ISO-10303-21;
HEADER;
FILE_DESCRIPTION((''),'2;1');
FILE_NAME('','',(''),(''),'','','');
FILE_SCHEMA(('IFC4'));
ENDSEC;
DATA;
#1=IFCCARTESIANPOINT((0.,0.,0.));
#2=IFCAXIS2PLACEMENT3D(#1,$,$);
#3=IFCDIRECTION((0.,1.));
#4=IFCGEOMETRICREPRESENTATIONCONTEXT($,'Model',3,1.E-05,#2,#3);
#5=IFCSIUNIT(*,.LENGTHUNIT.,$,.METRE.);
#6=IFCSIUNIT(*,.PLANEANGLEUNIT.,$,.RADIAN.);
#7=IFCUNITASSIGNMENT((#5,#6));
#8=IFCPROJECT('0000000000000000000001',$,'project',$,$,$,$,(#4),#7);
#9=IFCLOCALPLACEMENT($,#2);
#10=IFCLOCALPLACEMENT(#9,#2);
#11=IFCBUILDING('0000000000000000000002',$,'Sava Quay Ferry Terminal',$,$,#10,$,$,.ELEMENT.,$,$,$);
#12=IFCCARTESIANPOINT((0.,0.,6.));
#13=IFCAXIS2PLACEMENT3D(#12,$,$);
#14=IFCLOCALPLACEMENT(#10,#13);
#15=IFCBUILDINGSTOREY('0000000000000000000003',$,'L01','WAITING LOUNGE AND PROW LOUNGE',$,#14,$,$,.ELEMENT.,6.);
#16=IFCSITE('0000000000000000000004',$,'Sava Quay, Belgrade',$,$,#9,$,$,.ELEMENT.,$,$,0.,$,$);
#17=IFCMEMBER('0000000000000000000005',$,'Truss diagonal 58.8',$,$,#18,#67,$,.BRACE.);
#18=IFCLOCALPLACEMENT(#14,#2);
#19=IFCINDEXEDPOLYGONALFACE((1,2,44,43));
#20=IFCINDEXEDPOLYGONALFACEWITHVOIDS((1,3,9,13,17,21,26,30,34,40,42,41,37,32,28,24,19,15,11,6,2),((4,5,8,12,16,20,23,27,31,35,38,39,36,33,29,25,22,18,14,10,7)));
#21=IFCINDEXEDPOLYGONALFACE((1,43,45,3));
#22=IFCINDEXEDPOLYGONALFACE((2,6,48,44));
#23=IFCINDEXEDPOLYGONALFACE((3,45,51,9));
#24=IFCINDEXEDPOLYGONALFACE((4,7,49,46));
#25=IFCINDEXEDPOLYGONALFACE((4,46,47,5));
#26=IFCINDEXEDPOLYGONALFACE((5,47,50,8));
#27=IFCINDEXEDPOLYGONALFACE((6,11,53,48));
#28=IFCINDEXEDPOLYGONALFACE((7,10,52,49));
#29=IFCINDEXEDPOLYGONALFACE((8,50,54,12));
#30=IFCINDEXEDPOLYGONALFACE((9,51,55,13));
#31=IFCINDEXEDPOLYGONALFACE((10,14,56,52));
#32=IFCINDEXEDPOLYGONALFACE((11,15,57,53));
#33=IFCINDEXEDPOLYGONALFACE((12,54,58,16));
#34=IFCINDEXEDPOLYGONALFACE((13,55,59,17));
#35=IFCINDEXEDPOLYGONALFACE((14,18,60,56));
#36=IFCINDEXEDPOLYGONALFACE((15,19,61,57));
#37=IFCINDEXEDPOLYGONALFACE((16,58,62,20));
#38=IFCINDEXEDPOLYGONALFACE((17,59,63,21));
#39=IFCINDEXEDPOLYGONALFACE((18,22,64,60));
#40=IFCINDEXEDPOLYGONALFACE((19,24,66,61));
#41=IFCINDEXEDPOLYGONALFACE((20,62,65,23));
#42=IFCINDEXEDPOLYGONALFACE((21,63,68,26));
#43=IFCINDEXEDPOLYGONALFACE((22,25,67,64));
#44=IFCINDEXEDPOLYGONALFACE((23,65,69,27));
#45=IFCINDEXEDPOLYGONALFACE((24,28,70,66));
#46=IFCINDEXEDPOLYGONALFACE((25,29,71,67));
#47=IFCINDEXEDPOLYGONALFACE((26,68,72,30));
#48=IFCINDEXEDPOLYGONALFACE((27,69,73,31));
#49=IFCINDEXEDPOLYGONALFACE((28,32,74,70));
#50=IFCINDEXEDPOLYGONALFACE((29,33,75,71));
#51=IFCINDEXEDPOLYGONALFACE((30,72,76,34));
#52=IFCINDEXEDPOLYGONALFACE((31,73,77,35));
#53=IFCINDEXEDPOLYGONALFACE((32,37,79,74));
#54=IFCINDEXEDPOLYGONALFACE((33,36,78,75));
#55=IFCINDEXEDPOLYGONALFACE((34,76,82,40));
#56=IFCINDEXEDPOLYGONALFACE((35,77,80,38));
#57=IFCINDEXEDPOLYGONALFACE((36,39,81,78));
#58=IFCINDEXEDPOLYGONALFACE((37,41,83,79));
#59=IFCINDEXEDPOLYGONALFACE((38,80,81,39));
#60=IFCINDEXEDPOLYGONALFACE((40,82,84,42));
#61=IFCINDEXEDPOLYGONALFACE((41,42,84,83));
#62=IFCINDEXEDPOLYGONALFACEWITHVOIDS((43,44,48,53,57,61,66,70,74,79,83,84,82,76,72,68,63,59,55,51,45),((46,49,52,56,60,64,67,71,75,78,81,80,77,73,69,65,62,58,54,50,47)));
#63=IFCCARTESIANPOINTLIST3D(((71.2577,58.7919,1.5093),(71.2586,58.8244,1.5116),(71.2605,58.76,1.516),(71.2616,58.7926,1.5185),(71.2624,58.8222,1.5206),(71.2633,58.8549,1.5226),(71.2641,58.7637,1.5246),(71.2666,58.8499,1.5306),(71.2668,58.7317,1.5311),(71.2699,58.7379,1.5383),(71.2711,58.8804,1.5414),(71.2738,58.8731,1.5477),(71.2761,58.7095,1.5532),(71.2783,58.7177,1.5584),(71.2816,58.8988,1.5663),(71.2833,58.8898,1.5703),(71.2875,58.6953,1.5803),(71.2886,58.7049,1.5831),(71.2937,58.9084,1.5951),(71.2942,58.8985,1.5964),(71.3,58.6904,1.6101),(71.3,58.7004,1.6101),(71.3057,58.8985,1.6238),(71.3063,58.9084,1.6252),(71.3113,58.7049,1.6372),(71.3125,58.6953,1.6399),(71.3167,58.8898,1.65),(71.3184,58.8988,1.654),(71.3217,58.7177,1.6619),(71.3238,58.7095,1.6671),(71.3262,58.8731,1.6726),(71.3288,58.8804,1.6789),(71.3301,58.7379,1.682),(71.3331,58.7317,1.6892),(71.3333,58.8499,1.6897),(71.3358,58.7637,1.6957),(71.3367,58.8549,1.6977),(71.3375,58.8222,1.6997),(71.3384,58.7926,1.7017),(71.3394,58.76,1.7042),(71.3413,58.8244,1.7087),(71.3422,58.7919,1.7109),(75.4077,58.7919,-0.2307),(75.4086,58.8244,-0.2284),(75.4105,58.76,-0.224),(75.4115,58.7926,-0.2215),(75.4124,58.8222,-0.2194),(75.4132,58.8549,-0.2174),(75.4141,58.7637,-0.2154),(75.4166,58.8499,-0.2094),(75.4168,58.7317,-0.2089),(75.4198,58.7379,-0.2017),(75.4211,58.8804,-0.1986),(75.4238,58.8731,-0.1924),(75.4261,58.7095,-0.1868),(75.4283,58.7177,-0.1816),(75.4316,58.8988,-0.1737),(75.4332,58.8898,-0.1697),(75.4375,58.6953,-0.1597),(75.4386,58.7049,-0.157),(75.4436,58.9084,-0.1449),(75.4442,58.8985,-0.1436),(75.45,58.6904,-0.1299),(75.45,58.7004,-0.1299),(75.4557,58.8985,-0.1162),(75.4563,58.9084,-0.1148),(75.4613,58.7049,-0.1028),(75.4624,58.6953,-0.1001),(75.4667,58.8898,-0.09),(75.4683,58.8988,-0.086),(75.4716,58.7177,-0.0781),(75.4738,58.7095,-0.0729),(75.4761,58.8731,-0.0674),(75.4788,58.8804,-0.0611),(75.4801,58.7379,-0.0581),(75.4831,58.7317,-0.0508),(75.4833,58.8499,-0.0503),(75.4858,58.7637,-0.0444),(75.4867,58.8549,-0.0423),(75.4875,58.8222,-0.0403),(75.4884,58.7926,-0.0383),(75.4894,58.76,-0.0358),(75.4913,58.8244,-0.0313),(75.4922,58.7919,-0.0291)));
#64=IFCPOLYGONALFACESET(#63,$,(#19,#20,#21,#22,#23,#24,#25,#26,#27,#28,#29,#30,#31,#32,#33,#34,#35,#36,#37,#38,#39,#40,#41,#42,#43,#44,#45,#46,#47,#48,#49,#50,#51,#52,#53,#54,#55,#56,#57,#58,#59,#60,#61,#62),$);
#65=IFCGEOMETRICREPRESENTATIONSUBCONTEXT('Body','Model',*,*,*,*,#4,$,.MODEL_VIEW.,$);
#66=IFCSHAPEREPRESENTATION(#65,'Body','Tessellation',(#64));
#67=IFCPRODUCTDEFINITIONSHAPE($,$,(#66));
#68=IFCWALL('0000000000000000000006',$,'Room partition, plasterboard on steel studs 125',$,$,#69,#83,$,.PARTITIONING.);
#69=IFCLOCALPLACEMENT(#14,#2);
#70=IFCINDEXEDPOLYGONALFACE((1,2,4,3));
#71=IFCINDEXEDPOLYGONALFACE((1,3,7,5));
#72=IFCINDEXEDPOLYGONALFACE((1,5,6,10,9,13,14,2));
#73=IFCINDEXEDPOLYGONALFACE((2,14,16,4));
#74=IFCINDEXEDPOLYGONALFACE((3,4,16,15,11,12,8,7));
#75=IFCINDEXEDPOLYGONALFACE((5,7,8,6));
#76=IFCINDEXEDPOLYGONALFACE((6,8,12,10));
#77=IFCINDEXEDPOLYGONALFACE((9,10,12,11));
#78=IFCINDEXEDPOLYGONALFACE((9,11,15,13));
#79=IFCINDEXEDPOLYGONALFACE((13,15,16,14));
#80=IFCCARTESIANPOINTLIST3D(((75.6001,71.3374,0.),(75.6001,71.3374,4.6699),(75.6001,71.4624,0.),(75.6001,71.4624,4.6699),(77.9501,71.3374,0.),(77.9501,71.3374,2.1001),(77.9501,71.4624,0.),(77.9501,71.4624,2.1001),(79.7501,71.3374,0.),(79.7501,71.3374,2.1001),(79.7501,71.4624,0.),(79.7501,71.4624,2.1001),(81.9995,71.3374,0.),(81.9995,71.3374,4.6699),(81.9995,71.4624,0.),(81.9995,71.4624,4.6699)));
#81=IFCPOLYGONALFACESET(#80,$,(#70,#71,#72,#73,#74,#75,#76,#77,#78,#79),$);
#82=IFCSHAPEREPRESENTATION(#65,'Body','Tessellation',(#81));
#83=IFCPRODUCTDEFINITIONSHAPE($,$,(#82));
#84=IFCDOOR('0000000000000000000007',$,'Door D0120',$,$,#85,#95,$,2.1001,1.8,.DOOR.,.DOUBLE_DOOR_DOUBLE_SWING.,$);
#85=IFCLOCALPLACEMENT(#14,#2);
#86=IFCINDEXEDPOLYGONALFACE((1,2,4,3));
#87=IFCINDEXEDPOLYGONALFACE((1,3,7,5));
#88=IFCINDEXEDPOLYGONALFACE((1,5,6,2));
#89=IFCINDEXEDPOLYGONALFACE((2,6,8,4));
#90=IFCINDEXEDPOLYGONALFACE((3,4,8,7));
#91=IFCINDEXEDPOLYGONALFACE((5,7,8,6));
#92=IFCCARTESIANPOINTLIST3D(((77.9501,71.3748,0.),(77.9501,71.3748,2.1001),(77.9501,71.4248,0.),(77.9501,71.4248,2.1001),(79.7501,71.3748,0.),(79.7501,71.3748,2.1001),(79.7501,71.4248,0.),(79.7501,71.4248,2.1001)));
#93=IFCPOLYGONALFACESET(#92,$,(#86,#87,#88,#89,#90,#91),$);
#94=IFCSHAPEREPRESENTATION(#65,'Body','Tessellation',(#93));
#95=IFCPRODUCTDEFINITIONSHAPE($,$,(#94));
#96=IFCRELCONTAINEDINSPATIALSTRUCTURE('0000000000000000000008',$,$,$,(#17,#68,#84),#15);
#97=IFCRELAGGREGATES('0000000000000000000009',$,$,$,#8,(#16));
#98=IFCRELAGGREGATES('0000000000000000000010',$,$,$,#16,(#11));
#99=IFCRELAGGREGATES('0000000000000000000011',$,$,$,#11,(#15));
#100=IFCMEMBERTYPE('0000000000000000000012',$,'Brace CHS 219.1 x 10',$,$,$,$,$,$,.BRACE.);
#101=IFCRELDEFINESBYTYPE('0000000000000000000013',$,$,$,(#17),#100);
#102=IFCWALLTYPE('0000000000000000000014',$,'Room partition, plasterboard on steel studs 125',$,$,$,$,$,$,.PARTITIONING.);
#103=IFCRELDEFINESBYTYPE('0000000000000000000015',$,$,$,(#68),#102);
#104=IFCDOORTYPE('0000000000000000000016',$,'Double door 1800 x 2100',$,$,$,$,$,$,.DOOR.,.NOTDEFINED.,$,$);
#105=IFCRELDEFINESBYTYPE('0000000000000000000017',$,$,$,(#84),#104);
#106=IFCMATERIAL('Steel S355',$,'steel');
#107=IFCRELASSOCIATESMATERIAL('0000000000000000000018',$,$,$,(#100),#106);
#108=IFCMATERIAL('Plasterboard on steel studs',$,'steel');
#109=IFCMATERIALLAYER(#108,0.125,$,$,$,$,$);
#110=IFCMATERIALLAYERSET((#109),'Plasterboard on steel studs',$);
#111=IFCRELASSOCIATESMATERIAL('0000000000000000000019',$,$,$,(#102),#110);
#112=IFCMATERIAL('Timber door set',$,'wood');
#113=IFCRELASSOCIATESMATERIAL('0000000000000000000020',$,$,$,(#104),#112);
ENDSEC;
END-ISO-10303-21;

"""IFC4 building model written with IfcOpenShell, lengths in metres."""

from ifc_helpers import new_model, si_unit, direction, frame, frame_2d, origin, origin_2d, place, context, subcontext, project, spatial, rectangle, hollow_circle, extrude, material, layer, layer_set, material_profile, profile_set, type_object, element, fill, save


model = new_model("IFC4")

# Units and contexts
model_context = context("Model", 3, precision=1e-05, world=origin(), true_north=direction((0.0, 1.0)))
body_context = subcontext(model_context, "Body", "Model", "MODEL_VIEW")
ifc_project = project(units=[si_unit("LENGTHUNIT", "METRE"), si_unit("PLANEANGLEUNIT", "RADIAN")], contexts=[model_context])

# Site, building, storey
site_placement = place(None, origin())
site = spatial("IfcSite", under=ifc_project, at=site_placement, Name="Sava Quay, Belgrade", CompositionType="ELEMENT", RefElevation=0.0)
building_placement = place(site_placement, origin())
building = spatial("IfcBuilding", under=site, at=building_placement, Name="Sava Quay Ferry Terminal", CompositionType="ELEMENT")
storey_placement = place(building_placement, frame((0.0, 0.0, 6.0)))
storey = spatial("IfcBuildingStorey", under=building, at=storey_placement, Name="L01", Description="WAITING LOUNGE AND PROW LOUNGE", CompositionType="ELEMENT", Elevation=6.0)

# Member
ifc_material_1 = material(Name="Steel S355", Category="steel")
ifc_material_profile_1 = material_profile(ifc_material_1, hollow_circle(Radius=0.1096, WallThickness=0.01, at=origin_2d()), Name="CHS 219.1 x 10")
ifc_profile_set_1 = profile_set([ifc_material_profile_1], Name="Steel S355")
member_type_1 = type_object("IfcMemberType", Name="Brace CHS 219.1 x 10", PredefinedType="BRACE", material=ifc_profile_set_1)
member_1_placement = place(storey_placement, frame((75.45, 58.8, -0.1299), z_axis=(-0.922217, 0.0, 0.386672), x_axis=(0.0, -1.0, 0.0)))
element("IfcMember", 1, at=member_1_placement, inside=storey, type_object=member_type_1, Name="Truss diagonal 58.8", PredefinedType="BRACE", context=body_context, shape_type="SweptSolid", body=[
    extrude(hollow_circle(Radius=0.1096, WallThickness=0.01, at=origin_2d()), origin(), (0.0, 0.0, 1.0), 4.5),
])

# Wall, opening, door
ifc_material_2 = material(Name="Plasterboard on steel studs", Category="steel")
ifc_layer = layer(ifc_material_2, 0.125)
ifc_layer_set = layer_set([ifc_layer], Name="Plasterboard on steel studs")
wall_type = type_object("IfcWallType", Name="Room partition, plasterboard on steel studs 125", PredefinedType="PARTITIONING", material=ifc_layer_set)
wall_placement = place(storey_placement, frame((75.6001, 71.3999, 0.0), z_axis=(0.0, 0.0, 1.0), x_axis=(1.0, 0.0, 0.0)))
wall = element("IfcWall", 2, at=wall_placement, inside=storey, type_object=wall_type, Name="Room partition, plasterboard on steel studs 125", PredefinedType="PARTITIONING", context=body_context, shape_type="SweptSolid", body=[
    extrude(rectangle(XDim=6.3994, YDim=0.125, at=frame_2d((3.1997, 0.0))), origin(), (0.0, 0.0, 1.0), 4.6699),
])
opening_placement = place(wall_placement, frame((2.3501, 0.0, 0.0)))
opening = element("IfcOpeningElement", 3, at=opening_placement, cuts=wall, PredefinedType="OPENING", context=body_context, shape_type="SweptSolid", body=[
    extrude(rectangle(XDim=1.8, YDim=2.1001, at=frame_2d((0.8999, 1.05))), frame((0.0, 0.0625, 0.0), z_axis=(0.0, -1.0, 0.0), x_axis=(1.0, 0.0, 0.0)), (0.0, 0.0, 1.0), 0.125),
])
ifc_material_3 = material(Name="Timber door set", Category="wood")
door_type = type_object("IfcDoorType", Name="Double door 1800 x 2100", OperationType="NOTDEFINED", PredefinedType="DOOR", material=ifc_material_3)
door_placement = place(opening_placement, origin())
door = element("IfcDoor", 4, at=door_placement, inside=storey, type_object=door_type, Name="Door D0120", OperationType="DOUBLE_DOOR_DOUBLE_SWING", OverallHeight=2.1001, OverallWidth=1.8, PredefinedType="DOOR", context=body_context, shape_type="SweptSolid", body=[
    extrude(rectangle(XDim=1.8, YDim=2.1001, at=frame_2d((0.8999, 1.05))), frame((0.0, 0.0249, 0.0), z_axis=(0.0, -1.0, 0.0), x_axis=(1.0, 0.0, 0.0)), (0.0, 0.0, 1.0), 0.05),
])
fill(opening, door)

save(model, "model.ifc")
